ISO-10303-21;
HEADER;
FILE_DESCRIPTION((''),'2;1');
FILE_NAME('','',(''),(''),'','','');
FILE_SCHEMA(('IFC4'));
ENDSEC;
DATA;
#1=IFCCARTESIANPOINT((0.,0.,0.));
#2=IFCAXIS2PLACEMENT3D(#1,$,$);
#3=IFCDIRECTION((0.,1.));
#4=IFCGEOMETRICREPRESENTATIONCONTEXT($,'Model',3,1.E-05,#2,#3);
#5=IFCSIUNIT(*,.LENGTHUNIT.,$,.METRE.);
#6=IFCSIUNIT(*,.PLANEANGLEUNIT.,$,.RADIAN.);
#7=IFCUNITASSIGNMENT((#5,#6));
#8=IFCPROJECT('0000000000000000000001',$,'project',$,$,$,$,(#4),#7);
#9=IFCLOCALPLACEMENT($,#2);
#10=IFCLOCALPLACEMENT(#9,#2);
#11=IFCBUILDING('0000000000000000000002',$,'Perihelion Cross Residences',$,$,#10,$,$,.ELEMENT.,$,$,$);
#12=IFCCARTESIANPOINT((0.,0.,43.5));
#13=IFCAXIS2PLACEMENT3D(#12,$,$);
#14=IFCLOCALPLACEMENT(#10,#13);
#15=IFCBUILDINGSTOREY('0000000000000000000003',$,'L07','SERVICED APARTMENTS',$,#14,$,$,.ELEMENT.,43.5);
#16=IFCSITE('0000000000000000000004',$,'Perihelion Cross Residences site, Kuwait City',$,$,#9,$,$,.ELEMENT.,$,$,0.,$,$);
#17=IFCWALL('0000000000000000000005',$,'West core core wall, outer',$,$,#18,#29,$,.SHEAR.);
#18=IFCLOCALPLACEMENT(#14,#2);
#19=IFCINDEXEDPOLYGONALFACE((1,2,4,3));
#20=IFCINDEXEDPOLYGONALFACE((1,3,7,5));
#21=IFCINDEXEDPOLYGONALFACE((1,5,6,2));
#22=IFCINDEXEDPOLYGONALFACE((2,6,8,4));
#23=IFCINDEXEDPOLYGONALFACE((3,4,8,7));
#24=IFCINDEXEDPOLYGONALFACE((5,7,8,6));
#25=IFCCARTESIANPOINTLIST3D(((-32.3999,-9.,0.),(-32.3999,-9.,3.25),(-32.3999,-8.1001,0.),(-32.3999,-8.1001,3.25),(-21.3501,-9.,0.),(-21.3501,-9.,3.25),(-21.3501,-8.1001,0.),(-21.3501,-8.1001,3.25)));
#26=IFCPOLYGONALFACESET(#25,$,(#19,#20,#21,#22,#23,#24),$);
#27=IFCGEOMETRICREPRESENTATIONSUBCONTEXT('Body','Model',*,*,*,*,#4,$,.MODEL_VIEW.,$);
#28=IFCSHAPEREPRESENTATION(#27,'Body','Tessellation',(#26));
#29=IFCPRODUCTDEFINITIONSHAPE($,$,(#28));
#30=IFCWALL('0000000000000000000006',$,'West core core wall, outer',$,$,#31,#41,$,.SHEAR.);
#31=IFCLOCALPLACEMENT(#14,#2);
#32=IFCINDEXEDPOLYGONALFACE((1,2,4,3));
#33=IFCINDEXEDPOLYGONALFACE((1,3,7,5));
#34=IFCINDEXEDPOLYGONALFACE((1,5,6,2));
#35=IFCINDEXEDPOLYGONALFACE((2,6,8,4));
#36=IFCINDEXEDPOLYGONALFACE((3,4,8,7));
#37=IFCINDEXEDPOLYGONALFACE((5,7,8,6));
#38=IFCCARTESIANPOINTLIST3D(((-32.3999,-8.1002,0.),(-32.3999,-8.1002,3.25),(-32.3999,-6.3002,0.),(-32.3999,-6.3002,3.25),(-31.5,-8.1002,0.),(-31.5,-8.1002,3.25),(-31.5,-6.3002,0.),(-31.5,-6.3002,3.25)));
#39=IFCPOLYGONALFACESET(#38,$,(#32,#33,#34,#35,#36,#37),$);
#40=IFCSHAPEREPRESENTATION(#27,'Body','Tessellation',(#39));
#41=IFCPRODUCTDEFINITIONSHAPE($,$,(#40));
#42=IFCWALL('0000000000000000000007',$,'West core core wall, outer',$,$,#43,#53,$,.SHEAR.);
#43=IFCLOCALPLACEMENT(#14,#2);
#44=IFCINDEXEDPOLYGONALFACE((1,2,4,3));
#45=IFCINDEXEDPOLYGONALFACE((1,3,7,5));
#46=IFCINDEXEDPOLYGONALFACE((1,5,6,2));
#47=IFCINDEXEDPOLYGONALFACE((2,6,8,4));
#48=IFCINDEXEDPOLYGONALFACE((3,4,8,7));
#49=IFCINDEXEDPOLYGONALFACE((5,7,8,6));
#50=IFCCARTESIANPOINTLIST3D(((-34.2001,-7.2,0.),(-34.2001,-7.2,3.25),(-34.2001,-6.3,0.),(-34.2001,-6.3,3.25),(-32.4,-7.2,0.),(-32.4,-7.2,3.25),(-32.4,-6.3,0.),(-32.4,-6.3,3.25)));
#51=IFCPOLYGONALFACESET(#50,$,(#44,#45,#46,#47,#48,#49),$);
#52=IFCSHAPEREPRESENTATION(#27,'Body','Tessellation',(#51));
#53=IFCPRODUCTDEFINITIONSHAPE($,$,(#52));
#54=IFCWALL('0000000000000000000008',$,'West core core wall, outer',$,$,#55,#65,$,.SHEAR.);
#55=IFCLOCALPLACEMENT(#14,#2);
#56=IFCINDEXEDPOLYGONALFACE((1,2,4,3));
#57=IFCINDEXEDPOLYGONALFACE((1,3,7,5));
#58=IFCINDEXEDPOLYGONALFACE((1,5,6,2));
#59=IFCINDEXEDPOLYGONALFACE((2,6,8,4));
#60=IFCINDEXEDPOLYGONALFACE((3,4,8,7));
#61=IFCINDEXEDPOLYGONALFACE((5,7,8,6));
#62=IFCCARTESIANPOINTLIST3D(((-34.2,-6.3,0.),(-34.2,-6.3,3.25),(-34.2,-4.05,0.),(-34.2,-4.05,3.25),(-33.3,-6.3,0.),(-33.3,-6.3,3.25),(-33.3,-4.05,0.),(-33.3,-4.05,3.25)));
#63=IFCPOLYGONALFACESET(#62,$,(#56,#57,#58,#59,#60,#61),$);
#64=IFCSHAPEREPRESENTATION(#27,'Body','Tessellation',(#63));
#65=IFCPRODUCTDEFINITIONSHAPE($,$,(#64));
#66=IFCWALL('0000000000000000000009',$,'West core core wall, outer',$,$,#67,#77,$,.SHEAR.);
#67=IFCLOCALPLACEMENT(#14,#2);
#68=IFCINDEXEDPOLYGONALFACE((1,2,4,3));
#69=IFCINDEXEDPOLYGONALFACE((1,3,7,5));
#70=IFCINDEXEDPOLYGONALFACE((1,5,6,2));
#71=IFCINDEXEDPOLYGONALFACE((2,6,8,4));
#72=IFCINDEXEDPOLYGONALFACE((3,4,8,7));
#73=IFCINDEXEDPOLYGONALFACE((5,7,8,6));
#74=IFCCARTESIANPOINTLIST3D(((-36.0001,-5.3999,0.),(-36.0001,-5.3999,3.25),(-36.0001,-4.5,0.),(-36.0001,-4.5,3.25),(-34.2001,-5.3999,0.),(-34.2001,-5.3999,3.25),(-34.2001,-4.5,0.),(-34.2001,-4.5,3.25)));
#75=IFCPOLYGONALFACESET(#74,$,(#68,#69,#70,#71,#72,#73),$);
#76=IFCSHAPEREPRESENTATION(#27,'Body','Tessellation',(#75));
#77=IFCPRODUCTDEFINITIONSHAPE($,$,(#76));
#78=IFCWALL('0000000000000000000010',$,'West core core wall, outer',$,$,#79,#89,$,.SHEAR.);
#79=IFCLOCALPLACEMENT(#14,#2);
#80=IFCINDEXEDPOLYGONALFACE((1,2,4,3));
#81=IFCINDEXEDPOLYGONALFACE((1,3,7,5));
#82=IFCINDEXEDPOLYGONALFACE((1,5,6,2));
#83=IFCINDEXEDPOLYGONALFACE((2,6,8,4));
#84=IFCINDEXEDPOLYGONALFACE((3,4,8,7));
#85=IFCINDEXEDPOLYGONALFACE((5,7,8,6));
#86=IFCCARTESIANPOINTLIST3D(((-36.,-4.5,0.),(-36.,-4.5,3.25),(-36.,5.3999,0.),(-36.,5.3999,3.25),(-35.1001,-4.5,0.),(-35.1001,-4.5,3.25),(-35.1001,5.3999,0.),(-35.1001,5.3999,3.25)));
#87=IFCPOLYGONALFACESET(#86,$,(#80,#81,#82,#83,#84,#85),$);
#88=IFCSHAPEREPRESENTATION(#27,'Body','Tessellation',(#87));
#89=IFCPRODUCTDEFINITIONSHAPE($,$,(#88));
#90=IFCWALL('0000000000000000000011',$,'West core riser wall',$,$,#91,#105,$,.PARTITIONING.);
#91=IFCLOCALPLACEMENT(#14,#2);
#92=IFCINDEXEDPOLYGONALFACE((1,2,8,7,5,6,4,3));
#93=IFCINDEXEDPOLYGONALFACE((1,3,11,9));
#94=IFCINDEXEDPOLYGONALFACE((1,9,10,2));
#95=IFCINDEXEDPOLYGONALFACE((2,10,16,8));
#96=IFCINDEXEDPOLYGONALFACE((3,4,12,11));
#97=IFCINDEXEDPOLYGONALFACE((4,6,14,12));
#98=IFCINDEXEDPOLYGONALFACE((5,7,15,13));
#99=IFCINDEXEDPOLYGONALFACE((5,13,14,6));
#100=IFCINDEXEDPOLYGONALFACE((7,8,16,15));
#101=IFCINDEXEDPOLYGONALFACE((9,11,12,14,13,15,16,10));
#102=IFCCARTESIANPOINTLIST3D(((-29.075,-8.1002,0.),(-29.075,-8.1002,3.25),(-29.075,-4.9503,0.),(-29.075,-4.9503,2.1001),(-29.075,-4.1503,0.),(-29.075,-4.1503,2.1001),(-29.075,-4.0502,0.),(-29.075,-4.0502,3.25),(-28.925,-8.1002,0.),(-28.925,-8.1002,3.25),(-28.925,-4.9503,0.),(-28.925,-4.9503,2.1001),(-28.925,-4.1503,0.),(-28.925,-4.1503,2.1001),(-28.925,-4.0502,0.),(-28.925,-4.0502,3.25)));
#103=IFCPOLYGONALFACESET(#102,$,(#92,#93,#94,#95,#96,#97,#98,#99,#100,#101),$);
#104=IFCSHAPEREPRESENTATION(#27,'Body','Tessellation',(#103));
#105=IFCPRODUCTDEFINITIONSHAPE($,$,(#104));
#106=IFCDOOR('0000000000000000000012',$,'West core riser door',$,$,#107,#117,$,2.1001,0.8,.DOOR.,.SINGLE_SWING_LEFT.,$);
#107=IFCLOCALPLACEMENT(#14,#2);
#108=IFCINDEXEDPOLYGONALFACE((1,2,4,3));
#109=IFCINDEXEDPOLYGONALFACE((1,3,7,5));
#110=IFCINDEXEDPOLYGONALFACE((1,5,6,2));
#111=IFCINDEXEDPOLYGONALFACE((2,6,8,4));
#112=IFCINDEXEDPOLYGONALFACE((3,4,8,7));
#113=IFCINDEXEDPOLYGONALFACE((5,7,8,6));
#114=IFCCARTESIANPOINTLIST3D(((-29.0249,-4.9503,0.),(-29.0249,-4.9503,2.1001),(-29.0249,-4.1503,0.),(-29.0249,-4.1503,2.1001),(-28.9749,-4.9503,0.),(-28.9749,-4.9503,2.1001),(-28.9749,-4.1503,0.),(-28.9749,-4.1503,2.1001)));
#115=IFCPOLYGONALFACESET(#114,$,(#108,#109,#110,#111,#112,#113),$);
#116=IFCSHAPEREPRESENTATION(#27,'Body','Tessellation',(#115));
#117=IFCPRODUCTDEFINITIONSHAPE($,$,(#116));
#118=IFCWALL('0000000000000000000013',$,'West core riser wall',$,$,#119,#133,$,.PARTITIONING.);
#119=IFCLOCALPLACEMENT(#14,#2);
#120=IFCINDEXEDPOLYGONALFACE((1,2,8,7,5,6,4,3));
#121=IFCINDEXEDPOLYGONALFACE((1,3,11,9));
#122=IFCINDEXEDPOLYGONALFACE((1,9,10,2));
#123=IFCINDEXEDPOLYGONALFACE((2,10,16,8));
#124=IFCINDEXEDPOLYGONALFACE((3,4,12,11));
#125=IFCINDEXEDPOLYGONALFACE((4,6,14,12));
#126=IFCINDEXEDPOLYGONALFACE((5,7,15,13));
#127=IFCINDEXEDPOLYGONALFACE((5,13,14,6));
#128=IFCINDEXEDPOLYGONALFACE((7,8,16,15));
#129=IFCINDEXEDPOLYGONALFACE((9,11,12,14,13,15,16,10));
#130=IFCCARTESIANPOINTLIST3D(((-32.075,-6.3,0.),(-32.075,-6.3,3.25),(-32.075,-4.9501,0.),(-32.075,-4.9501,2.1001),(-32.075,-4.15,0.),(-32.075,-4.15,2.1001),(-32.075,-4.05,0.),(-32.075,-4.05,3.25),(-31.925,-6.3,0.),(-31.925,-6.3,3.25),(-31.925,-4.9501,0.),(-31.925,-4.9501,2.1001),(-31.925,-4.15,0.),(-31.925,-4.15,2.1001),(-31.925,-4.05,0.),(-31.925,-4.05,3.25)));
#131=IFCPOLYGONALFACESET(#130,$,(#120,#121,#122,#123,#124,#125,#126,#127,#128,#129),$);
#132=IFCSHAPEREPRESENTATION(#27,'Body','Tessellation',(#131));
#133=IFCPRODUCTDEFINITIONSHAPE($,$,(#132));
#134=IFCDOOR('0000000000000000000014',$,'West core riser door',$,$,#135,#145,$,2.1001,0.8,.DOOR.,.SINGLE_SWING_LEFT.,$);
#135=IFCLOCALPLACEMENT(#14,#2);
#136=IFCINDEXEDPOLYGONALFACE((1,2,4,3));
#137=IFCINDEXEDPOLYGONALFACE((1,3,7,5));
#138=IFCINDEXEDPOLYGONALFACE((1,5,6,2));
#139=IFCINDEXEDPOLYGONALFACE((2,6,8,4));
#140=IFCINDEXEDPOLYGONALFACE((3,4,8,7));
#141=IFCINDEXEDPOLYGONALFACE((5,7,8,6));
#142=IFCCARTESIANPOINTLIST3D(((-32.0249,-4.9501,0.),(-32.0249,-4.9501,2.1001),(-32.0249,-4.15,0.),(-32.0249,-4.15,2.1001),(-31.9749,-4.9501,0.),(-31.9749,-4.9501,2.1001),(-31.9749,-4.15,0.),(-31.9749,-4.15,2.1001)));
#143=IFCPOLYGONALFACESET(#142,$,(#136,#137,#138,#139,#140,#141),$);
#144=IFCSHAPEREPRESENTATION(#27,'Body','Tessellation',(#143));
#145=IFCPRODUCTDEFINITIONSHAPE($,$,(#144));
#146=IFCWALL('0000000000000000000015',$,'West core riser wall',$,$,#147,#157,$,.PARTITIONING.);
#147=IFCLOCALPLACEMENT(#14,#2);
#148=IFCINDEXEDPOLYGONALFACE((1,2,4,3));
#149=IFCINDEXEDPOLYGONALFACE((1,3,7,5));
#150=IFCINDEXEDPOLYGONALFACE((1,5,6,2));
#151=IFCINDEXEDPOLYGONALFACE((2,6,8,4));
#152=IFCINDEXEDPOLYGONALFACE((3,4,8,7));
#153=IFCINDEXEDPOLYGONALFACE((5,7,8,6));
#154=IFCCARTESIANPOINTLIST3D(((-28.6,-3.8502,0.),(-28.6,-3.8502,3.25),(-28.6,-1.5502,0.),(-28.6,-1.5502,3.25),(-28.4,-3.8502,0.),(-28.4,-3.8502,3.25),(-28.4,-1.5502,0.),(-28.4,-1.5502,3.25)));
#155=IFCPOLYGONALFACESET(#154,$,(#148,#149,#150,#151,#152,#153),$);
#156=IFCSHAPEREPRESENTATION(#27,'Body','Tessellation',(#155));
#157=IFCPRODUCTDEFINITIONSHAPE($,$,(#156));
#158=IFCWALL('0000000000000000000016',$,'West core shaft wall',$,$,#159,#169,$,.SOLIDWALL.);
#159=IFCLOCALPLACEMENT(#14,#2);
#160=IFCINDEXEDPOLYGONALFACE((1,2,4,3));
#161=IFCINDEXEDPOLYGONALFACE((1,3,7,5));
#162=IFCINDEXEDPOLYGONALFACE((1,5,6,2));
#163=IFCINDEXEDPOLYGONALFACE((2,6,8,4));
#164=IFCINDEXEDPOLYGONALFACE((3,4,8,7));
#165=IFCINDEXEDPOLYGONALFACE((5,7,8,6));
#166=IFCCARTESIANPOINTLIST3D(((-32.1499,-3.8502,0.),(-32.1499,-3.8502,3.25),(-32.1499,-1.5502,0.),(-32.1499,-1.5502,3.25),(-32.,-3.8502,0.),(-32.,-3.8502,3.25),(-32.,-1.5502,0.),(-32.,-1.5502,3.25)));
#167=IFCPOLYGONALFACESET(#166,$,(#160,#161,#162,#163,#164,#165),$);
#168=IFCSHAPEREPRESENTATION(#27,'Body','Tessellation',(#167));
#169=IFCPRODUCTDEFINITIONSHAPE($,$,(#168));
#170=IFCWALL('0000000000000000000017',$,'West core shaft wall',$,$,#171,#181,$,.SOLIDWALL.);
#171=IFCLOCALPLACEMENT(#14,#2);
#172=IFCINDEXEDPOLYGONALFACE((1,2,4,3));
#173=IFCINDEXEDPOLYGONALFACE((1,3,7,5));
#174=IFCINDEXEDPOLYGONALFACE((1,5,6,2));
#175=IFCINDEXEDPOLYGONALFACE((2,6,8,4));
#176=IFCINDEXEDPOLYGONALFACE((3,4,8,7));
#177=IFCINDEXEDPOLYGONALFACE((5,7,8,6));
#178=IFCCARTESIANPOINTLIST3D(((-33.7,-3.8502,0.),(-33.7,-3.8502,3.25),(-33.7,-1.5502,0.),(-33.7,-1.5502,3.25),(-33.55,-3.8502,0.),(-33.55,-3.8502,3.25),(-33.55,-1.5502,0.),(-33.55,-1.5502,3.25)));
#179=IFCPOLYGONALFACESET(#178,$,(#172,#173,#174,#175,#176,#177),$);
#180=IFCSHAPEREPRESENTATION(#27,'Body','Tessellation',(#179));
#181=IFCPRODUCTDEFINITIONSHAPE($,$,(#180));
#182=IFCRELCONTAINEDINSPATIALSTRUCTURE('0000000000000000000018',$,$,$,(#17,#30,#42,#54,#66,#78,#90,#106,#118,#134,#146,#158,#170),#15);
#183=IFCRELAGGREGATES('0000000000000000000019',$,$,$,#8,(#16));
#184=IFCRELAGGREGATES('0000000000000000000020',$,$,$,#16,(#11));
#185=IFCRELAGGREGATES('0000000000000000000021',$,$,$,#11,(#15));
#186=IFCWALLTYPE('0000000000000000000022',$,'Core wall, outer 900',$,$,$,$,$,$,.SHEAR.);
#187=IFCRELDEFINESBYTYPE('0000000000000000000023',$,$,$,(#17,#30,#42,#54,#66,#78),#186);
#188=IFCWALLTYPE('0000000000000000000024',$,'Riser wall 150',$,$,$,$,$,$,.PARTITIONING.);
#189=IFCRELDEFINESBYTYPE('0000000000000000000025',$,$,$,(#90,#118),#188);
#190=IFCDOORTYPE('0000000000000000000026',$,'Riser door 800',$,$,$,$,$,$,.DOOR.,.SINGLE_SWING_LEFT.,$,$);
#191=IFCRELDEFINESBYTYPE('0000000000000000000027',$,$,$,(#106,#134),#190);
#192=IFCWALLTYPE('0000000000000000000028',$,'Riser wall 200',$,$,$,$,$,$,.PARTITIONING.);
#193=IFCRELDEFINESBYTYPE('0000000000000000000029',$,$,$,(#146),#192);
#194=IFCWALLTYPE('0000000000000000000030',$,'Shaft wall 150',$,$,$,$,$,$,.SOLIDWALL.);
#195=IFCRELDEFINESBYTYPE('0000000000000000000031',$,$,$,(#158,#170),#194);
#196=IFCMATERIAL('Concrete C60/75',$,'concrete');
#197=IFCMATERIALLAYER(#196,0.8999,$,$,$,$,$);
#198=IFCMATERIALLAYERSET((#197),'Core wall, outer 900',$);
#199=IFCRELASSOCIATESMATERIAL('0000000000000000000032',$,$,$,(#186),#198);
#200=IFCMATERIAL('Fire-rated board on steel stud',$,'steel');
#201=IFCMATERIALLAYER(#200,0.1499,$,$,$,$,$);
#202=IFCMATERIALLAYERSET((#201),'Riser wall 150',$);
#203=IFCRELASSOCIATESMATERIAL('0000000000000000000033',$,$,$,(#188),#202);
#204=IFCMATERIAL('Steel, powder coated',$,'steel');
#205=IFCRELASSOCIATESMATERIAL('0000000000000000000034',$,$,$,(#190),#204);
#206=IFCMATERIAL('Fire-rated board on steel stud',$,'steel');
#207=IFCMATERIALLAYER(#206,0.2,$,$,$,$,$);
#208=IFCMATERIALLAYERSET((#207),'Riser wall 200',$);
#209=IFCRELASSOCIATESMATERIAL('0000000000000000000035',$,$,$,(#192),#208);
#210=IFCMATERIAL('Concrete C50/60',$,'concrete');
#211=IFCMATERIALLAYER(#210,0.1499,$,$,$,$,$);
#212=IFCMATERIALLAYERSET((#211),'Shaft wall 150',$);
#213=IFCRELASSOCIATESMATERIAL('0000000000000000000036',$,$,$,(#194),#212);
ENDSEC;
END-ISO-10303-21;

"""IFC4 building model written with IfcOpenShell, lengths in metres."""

from ifc_helpers import new_model, si_unit, direction, frame, frame_2d, origin, place, context, subcontext, project, spatial, rectangle, extrude, material, layer, layer_set, type_object, element, fill, save


model = new_model("IFC4")

# Units and contexts
model_context = context("Model", 3, precision=1e-05, world=origin(), true_north=direction((0.0, 1.0)))
body_context = subcontext(model_context, "Body", "Model", "MODEL_VIEW")
ifc_project = project(units=[si_unit("LENGTHUNIT", "METRE"), si_unit("PLANEANGLEUNIT", "RADIAN")], contexts=[model_context])

# Site, building, storey
site_placement = place(None, origin())
site = spatial("IfcSite", under=ifc_project, at=site_placement, Name="Perihelion Cross Residences site, Kuwait City", CompositionType="ELEMENT", RefElevation=0.0)
building_placement = place(site_placement, origin())
building = spatial("IfcBuilding", under=site, at=building_placement, Name="Perihelion Cross Residences", CompositionType="ELEMENT")
storey_placement = place(building_placement, frame((0.0, 0.0, 43.5)))
storey = spatial("IfcBuildingStorey", under=building, at=storey_placement, Name="L07", Description="SERVICED APARTMENTS", CompositionType="ELEMENT", Elevation=43.5)

# Walls
ifc_material_1 = material(Name="Concrete C60/75", Category="concrete")
ifc_layer_1 = layer(ifc_material_1, 0.8999)
ifc_layer_set_1 = layer_set([ifc_layer_1], Name="Core wall, outer 900")
wall_type_1 = type_object("IfcWallType", Name="Core wall, outer 900", PredefinedType="SHEAR", material=ifc_layer_set_1)
wall_1_placement = place(storey_placement, frame((-32.3999, -8.55, 0.0), z_axis=(0.0, 0.0, 1.0), x_axis=(1.0, 0.0, 0.0)))
element("IfcWall", 1, at=wall_1_placement, inside=storey, type_object=wall_type_1, Name="West core core wall, outer", PredefinedType="SHEAR", context=body_context, shape_type="SweptSolid", body=[
    extrude(rectangle(XDim=11.0498, YDim=0.8999, at=frame_2d((5.5249, 0.0))), origin(), (0.0, 0.0, 1.0), 3.25),
])
for number, where, z_axis, x_axis, name in (
    (2, (-31.95, -8.1001, 0.0), (0.0, 0.0, 1.0), (0.0, 1.0, 0.0), "West core core wall, outer"),
    (3, (-34.2, -6.75, 0.0), (0.0, 0.0, 1.0), (1.0, 0.0, 0.0), "West core core wall, outer"),
):
    element("IfcWall", number, at=place(storey_placement, frame(where, z_axis=z_axis, x_axis=x_axis)), inside=storey, type_object=wall_type_1, Name=name, PredefinedType="SHEAR", context=body_context, shape_type="SweptSolid", body=[
        extrude(rectangle(XDim=1.8, YDim=0.8999, at=frame_2d((0.8999, 0.0))), origin(), (0.0, 0.0, 1.0), 3.25),
    ])
wall_2_placement = place(storey_placement, frame((-33.75, -6.3, 0.0), z_axis=(0.0, 0.0, 1.0), x_axis=(0.0, 1.0, 0.0)))
element("IfcWall", 4, at=wall_2_placement, inside=storey, type_object=wall_type_1, Name="West core core wall, outer", PredefinedType="SHEAR", context=body_context, shape_type="SweptSolid", body=[
    extrude(rectangle(XDim=2.25, YDim=0.8999, at=frame_2d((1.125, 0.0))), origin(), (0.0, 0.0, 1.0), 3.25),
])
wall_3_placement = place(storey_placement, frame((-36.0, -4.95, 0.0), z_axis=(0.0, 0.0, 1.0), x_axis=(1.0, 0.0, 0.0)))
element("IfcWall", 5, at=wall_3_placement, inside=storey, type_object=wall_type_1, Name="West core core wall, outer", PredefinedType="SHEAR", context=body_context, shape_type="SweptSolid", body=[
    extrude(rectangle(XDim=1.8, YDim=0.8999, at=frame_2d((0.8999, 0.0))), origin(), (0.0, 0.0, 1.0), 3.25),
])
wall_4_placement = place(storey_placement, frame((-35.55, -4.5, 0.0), z_axis=(0.0, 0.0, 1.0), x_axis=(0.0, 1.0, 0.0)))
element("IfcWall", 6, at=wall_4_placement, inside=storey, type_object=wall_type_1, Name="West core core wall, outer", PredefinedType="SHEAR", context=body_context, shape_type="SweptSolid", body=[
    extrude(rectangle(XDim=9.8999, YDim=0.8999, at=frame_2d((4.95, 0.0))), origin(), (0.0, 0.0, 1.0), 3.25),
])

# Walls, openings, doors
ifc_material_2 = material(Name="Fire-rated board on steel stud", Category="steel")
ifc_layer_2 = layer(ifc_material_2, 0.1499)
ifc_layer_set_2 = layer_set([ifc_layer_2], Name="Riser wall 150")
wall_type_2 = type_object("IfcWallType", Name="Riser wall 150", PredefinedType="PARTITIONING", material=ifc_layer_set_2)
wall_5_placement = place(storey_placement, frame((-29.0, -8.1001, 0.0), z_axis=(0.0, 0.0, 1.0), x_axis=(0.0, 1.0, 0.0)))
wall_5 = element("IfcWall", 7, at=wall_5_placement, inside=storey, type_object=wall_type_2, Name="West core riser wall", PredefinedType="PARTITIONING", context=body_context, shape_type="SweptSolid", body=[
    extrude(rectangle(XDim=4.05, YDim=0.1499, at=frame_2d((2.0249, 0.0))), origin(), (0.0, 0.0, 1.0), 3.25),
])
opening_1_placement = place(wall_5_placement, frame((3.1499, 0.0, 0.0)))
opening_1 = element("IfcOpeningElement", 8, at=opening_1_placement, cuts=wall_5, PredefinedType="OPENING", context=body_context, shape_type="SweptSolid", body=[
    extrude(rectangle(XDim=0.8, YDim=2.1001, at=frame_2d((0.3999, 1.05))), frame((0.0, 0.085, 0.0), z_axis=(0.0, -1.0, 0.0), x_axis=(1.0, 0.0, 0.0)), (0.0, 0.0, 1.0), 0.1699),
])
ifc_material_3 = material(Name="Steel, powder coated", Category="steel")
door_type_1 = type_object("IfcDoorType", Name="Riser door 800", OperationType="SINGLE_SWING_LEFT", PredefinedType="DOOR", material=ifc_material_3)
door_1_placement = place(opening_1_placement, origin())
door_1 = element("IfcDoor", 9, at=door_1_placement, inside=storey, type_object=door_type_1, Name="West core riser door", OperationType="SINGLE_SWING_LEFT", OverallHeight=2.1001, OverallWidth=0.8, PredefinedType="DOOR", context=body_context, shape_type="SweptSolid", body=[
    extrude(rectangle(XDim=0.8, YDim=2.1001, at=frame_2d((0.3999, 1.05))), frame((0.0, 0.0249, 0.0), z_axis=(0.0, -1.0, 0.0), x_axis=(1.0, 0.0, 0.0)), (0.0, 0.0, 1.0), 0.05),
])
fill(opening_1, door_1)
wall_6_placement = place(storey_placement, frame((-32.0, -6.3, 0.0), z_axis=(0.0, 0.0, 1.0), x_axis=(0.0, 1.0, 0.0)))
wall_6 = element("IfcWall", 10, at=wall_6_placement, inside=storey, type_object=wall_type_2, Name="West core riser wall", PredefinedType="PARTITIONING", context=body_context, shape_type="SweptSolid", body=[
    extrude(rectangle(XDim=2.25, YDim=0.1499, at=frame_2d((1.125, 0.0))), origin(), (0.0, 0.0, 1.0), 3.25),
])
opening_2_placement = place(wall_6_placement, frame((1.3501, 0.0, 0.0)))
opening_2 = element("IfcOpeningElement", 11, at=opening_2_placement, cuts=wall_6, PredefinedType="OPENING", context=body_context, shape_type="SweptSolid", body=[
    extrude(rectangle(XDim=0.8, YDim=2.1001, at=frame_2d((0.3999, 1.05))), frame((0.0, 0.085, 0.0), z_axis=(0.0, -1.0, 0.0), x_axis=(1.0, 0.0, 0.0)), (0.0, 0.0, 1.0), 0.1699),
])
door_2_placement = place(opening_2_placement, origin())
door_2 = element("IfcDoor", 12, at=door_2_placement, inside=storey, type_object=door_type_1, Name="West core riser door", OperationType="SINGLE_SWING_LEFT", OverallHeight=2.1001, OverallWidth=0.8, PredefinedType="DOOR", context=body_context, shape_type="SweptSolid", body=[
    extrude(rectangle(XDim=0.8, YDim=2.1001, at=frame_2d((0.3999, 1.05))), frame((0.0, 0.0249, 0.0), z_axis=(0.0, -1.0, 0.0), x_axis=(1.0, 0.0, 0.0)), (0.0, 0.0, 1.0), 0.05),
])
fill(opening_2, door_2)

# Walls
ifc_material_4 = material(Name="Fire-rated board on steel stud", Category="steel")
ifc_layer_3 = layer(ifc_material_4, 0.2)
ifc_layer_set_3 = layer_set([ifc_layer_3], Name="Riser wall 200")
wall_type_3 = type_object("IfcWallType", Name="Riser wall 200", PredefinedType="PARTITIONING", material=ifc_layer_set_3)
wall_7_placement = place(storey_placement, frame((-28.5, -3.8501, 0.0), z_axis=(0.0, 0.0, 1.0), x_axis=(0.0, 1.0, 0.0)))
element("IfcWall", 13, at=wall_7_placement, inside=storey, type_object=wall_type_3, Name="West core riser wall", PredefinedType="PARTITIONING", context=body_context, shape_type="SweptSolid", body=[
    extrude(rectangle(XDim=2.3, YDim=0.2, at=frame_2d((1.1499, 0.0))), origin(), (0.0, 0.0, 1.0), 3.25),
])
ifc_material_5 = material(Name="Concrete C50/60", Category="concrete")
ifc_layer_4 = layer(ifc_material_5, 0.1499)
ifc_layer_set_4 = layer_set([ifc_layer_4], Name="Shaft wall 150")
wall_type_4 = type_object("IfcWallType", Name="Shaft wall 150", PredefinedType="SOLIDWALL", material=ifc_layer_set_4)
for number, where, z_axis, x_axis, name in (
    (14, (-32.075, -3.8501, 0.0), (0.0, 0.0, 1.0), (0.0, 1.0, 0.0), "West core shaft wall"),
    (15, (-33.625, -3.8501, 0.0), (0.0, 0.0, 1.0), (0.0, 1.0, 0.0), "West core shaft wall"),
):
    element("IfcWall", number, at=place(storey_placement, frame(where, z_axis=z_axis, x_axis=x_axis)), inside=storey, type_object=wall_type_4, Name=name, PredefinedType="SOLIDWALL", context=body_context, shape_type="SweptSolid", body=[
        extrude(rectangle(XDim=2.3, YDim=0.1499, at=frame_2d((1.1499, 0.0))), origin(), (0.0, 0.0, 1.0), 3.25),
    ])

save(model, "model.ifc")
